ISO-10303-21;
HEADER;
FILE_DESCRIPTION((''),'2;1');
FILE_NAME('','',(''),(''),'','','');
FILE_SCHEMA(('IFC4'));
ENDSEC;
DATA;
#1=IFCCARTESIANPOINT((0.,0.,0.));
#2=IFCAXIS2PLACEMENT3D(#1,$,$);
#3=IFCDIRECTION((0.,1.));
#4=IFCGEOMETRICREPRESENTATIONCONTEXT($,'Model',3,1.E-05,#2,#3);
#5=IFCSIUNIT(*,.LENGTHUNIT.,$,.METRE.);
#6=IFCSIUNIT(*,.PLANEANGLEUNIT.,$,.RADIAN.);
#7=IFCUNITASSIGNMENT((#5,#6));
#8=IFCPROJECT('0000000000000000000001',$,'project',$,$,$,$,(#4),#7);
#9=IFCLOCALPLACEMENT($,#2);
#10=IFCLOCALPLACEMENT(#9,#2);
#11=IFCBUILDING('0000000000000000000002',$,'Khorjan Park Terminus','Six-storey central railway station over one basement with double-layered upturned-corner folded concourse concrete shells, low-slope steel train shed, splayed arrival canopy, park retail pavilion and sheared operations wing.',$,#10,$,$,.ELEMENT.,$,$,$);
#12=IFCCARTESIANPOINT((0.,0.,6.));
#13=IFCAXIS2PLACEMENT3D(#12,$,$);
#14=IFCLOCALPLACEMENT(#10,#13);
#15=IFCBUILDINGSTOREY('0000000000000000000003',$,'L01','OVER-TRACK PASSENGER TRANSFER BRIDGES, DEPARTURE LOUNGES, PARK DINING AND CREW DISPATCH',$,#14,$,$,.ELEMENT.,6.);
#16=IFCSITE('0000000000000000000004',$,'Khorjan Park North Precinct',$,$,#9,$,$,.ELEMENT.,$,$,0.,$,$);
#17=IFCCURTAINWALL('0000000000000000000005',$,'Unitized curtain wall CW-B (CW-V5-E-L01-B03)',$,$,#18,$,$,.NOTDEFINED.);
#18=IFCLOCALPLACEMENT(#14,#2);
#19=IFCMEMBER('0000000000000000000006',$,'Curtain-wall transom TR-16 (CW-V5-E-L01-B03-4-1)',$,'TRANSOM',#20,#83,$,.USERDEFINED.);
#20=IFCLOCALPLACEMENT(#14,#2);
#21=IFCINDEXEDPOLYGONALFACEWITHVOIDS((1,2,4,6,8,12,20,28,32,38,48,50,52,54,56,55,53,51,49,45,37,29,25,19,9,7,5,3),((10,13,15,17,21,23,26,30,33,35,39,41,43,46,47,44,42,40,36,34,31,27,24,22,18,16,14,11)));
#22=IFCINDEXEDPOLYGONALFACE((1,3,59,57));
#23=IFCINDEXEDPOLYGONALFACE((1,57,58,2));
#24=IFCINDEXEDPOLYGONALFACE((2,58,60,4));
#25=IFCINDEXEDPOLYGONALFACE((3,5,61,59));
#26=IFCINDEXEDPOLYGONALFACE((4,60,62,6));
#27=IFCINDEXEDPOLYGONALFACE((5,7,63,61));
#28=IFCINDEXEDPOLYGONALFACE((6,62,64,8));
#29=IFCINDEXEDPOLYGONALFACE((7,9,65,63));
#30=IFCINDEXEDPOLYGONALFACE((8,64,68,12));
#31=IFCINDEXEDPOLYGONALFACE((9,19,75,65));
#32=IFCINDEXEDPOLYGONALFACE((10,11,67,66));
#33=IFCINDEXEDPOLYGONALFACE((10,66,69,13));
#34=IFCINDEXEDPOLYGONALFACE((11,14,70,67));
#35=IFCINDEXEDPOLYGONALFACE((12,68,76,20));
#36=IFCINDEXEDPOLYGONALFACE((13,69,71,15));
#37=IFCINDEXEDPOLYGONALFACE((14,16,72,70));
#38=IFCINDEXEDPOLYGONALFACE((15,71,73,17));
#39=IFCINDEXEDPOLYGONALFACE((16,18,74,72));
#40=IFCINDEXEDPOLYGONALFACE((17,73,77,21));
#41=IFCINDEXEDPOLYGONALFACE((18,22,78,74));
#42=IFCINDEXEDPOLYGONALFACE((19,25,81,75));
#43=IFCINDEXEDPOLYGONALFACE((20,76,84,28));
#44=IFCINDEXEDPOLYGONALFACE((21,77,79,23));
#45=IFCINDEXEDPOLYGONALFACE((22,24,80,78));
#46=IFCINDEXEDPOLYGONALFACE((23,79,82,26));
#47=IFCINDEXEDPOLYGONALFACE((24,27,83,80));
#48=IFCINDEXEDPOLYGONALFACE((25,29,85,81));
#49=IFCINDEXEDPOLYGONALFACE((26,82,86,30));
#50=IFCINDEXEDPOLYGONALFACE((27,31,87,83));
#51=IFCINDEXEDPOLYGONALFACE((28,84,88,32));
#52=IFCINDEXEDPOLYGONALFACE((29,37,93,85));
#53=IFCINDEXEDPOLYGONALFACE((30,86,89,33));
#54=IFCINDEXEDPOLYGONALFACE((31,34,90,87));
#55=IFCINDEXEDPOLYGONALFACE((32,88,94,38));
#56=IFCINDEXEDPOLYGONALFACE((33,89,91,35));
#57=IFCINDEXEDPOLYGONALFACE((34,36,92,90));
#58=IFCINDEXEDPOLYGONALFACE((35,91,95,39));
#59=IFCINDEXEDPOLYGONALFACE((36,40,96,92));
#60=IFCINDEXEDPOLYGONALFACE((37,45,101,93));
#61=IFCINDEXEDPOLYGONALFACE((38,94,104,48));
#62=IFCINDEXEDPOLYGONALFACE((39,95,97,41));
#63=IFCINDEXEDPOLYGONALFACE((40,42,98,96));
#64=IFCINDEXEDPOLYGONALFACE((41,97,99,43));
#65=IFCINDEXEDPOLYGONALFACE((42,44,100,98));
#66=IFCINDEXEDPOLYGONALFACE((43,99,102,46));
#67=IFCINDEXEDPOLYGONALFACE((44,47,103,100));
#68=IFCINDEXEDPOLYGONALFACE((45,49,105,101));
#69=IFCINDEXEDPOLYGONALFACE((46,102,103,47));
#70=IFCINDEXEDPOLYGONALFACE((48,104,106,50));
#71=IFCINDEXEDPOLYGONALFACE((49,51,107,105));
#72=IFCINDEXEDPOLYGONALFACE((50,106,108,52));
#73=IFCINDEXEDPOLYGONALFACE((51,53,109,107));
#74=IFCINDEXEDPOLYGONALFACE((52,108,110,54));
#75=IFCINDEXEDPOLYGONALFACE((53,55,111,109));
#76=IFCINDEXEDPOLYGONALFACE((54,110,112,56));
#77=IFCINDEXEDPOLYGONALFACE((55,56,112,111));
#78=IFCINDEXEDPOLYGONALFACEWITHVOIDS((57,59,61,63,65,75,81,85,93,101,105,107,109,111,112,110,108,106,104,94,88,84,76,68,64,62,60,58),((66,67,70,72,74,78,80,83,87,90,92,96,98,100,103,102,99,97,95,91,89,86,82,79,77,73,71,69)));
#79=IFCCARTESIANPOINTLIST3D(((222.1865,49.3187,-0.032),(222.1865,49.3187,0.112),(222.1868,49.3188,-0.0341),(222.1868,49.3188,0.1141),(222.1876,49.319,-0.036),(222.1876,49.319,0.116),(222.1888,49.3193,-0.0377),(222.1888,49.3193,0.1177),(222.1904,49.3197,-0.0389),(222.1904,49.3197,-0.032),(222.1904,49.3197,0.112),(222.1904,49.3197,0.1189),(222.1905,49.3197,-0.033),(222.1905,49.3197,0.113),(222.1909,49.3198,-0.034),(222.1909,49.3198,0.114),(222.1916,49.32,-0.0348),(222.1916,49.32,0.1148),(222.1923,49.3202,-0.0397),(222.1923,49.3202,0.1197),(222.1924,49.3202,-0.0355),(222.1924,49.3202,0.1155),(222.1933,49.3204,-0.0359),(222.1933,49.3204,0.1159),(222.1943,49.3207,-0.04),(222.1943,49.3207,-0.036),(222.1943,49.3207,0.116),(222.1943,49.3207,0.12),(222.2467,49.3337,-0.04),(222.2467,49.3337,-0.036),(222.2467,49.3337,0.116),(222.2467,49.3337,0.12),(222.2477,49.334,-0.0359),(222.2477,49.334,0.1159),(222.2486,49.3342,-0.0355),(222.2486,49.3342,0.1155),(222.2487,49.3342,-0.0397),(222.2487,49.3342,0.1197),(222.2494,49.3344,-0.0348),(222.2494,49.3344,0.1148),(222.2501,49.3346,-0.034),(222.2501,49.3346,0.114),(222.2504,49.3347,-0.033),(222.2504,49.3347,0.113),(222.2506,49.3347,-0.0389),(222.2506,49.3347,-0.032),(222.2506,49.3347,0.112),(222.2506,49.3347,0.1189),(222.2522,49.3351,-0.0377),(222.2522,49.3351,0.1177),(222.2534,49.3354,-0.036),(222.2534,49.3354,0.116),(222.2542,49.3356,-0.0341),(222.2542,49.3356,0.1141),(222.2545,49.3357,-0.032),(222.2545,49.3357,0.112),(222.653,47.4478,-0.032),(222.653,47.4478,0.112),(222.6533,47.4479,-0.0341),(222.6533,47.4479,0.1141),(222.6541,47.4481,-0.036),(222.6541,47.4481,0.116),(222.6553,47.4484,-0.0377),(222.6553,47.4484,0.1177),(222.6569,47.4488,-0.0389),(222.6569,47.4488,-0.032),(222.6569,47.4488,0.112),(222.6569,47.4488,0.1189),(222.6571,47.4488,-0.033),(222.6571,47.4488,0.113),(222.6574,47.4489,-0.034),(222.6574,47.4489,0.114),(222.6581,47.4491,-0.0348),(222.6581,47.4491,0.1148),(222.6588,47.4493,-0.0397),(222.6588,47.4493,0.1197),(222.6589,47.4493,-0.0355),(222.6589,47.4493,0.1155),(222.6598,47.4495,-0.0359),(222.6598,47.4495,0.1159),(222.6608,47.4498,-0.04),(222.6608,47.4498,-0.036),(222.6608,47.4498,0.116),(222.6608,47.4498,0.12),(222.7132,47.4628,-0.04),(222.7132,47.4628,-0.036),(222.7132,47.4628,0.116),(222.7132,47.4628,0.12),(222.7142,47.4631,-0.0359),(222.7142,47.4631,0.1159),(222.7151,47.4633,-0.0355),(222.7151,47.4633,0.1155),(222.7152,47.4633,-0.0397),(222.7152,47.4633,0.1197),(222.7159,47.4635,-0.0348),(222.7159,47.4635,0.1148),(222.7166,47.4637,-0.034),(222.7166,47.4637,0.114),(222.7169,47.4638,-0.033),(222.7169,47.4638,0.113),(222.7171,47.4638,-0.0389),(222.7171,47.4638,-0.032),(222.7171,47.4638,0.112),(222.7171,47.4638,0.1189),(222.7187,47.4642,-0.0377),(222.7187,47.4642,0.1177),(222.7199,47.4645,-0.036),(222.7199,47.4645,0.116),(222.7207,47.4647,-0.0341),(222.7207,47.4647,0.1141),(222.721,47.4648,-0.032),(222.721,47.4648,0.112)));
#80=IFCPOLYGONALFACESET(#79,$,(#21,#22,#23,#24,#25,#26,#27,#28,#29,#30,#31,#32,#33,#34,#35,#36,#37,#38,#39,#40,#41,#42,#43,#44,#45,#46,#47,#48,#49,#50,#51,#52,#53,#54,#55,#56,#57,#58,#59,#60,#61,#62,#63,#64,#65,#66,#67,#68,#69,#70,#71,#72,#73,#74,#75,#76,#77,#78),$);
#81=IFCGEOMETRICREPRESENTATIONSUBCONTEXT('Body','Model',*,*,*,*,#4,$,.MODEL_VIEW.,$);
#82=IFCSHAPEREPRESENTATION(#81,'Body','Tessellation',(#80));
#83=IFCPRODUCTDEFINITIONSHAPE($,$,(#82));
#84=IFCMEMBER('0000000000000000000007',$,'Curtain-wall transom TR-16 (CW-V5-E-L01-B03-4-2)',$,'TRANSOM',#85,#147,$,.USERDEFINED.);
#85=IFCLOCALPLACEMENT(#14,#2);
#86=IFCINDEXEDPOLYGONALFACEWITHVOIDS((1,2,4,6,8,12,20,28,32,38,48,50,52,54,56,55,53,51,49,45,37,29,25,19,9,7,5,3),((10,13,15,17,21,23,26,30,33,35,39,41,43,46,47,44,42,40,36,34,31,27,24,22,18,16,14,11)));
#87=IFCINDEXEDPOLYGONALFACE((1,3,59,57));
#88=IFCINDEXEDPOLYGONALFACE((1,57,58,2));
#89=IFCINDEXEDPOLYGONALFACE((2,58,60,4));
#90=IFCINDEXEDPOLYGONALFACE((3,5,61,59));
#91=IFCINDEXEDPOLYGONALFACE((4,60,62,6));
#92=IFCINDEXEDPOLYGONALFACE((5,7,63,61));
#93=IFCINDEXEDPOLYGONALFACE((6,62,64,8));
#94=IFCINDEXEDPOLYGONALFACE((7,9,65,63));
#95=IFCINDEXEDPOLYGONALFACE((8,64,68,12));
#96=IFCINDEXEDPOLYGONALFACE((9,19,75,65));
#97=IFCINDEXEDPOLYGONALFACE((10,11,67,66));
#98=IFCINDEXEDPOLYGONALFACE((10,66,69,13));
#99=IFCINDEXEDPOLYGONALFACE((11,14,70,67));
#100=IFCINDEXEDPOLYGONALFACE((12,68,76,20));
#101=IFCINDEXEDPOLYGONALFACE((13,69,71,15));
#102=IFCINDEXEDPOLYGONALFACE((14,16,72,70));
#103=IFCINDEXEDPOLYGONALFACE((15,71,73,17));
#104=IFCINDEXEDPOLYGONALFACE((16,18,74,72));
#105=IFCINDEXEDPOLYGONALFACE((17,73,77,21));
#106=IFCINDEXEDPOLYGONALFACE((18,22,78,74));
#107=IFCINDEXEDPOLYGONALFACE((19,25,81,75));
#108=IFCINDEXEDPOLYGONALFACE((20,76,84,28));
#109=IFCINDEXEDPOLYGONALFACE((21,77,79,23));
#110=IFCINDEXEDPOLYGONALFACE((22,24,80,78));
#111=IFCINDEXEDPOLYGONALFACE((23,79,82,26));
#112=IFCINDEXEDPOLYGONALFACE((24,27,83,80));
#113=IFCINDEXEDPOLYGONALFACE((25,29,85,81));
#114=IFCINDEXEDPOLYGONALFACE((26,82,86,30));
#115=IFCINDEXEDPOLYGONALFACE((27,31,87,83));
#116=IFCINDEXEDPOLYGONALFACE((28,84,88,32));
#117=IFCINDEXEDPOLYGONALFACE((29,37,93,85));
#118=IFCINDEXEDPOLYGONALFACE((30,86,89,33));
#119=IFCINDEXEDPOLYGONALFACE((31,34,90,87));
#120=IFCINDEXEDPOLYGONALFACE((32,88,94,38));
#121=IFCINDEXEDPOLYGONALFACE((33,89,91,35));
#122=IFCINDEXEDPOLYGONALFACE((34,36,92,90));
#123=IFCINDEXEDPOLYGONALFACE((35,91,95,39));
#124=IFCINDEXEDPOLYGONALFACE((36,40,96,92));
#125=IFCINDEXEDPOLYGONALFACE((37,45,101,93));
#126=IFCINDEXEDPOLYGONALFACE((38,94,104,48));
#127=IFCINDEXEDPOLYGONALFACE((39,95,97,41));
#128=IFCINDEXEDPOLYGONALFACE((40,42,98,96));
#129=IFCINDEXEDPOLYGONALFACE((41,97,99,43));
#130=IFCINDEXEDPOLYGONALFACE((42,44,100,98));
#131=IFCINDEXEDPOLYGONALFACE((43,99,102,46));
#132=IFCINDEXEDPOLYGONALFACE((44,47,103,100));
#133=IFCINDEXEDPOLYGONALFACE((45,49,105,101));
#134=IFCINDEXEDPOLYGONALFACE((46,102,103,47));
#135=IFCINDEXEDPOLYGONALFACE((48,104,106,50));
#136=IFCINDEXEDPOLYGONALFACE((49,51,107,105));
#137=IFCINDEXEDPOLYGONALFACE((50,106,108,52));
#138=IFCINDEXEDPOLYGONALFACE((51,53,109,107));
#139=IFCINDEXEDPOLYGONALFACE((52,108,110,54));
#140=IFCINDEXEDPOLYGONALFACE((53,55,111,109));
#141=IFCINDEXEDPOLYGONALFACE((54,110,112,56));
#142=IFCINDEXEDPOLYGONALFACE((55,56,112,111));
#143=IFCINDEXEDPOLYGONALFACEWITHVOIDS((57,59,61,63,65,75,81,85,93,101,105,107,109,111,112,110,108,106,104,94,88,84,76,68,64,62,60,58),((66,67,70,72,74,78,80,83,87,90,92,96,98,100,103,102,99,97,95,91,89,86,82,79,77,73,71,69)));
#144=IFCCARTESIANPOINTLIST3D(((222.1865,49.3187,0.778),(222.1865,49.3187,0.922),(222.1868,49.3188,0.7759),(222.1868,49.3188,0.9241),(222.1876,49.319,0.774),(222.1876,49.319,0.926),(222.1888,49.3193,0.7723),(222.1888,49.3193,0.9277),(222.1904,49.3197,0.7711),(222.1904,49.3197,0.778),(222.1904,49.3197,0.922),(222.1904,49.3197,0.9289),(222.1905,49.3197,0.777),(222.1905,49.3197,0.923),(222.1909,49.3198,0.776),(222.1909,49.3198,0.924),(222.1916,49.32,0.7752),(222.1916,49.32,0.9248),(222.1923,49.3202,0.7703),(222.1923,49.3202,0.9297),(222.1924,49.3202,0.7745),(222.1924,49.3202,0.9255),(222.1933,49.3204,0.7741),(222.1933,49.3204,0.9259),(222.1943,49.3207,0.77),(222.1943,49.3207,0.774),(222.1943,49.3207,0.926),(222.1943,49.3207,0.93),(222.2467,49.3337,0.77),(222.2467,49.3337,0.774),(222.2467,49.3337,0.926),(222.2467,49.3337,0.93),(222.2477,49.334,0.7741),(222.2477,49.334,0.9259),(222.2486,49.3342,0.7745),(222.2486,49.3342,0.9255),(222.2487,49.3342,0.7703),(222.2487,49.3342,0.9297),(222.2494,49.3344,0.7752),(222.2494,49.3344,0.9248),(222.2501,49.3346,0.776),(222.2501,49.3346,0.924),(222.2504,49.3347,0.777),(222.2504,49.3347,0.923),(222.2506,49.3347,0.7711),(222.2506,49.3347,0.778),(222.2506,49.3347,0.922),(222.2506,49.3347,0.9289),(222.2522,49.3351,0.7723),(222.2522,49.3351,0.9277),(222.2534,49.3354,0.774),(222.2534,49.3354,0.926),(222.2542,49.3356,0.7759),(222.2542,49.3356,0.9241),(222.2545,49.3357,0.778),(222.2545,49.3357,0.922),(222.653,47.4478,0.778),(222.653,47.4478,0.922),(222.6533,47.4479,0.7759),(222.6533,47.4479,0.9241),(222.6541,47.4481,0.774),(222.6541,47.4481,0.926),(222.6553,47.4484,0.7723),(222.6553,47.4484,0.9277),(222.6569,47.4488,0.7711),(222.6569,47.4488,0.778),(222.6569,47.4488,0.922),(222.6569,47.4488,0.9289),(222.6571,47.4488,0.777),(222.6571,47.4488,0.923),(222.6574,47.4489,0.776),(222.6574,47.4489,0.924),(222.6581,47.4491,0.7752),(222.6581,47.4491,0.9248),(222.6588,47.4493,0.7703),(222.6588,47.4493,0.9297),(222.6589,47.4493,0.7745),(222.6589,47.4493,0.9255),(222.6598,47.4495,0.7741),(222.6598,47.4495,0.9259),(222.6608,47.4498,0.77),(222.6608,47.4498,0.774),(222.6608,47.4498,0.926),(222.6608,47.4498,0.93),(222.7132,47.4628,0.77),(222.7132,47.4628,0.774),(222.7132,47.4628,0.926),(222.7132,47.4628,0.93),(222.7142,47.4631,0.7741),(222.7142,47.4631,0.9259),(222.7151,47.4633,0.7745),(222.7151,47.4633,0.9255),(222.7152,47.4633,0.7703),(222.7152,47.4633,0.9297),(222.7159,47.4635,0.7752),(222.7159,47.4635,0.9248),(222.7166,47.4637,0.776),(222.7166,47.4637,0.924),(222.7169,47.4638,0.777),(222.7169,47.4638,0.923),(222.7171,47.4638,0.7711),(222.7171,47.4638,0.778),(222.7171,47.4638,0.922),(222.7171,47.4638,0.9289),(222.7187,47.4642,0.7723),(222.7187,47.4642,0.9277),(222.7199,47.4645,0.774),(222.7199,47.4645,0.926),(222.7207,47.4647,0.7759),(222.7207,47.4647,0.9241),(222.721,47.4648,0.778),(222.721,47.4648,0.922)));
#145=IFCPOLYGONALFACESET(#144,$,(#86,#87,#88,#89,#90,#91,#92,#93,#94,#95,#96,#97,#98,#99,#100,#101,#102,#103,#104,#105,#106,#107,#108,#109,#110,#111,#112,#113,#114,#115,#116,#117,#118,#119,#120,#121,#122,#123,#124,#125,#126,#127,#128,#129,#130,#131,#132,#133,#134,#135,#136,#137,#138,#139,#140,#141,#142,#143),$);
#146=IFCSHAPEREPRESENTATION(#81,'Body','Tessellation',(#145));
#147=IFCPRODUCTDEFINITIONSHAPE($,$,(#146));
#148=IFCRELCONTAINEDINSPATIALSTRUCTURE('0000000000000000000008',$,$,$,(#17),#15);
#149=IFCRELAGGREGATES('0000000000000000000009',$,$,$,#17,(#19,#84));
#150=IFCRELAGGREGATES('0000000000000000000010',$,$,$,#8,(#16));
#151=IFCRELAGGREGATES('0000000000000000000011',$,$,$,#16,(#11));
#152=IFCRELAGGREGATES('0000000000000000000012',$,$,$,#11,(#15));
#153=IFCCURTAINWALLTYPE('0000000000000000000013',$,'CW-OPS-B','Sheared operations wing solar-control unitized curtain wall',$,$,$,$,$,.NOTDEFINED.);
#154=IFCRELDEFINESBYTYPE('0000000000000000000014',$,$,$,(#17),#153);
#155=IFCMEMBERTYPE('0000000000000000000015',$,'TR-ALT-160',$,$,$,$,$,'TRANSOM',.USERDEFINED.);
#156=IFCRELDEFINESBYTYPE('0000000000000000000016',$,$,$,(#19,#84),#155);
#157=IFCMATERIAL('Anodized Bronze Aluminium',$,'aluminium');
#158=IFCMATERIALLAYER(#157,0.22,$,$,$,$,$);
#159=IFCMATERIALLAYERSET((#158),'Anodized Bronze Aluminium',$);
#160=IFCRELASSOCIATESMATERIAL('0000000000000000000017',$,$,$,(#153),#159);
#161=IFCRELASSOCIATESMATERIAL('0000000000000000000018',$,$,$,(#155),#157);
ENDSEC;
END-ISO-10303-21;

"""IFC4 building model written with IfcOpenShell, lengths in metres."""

from ifc_helpers import new_model, si_unit, direction, frame, origin, origin_2d, place, context, subcontext, project, spatial, hollow_rectangle, extrude, material, layer, layer_set, material_profile, profile_set, type_object, element, aggregate, save


model = new_model("IFC4")

# Units and contexts
model_context = context("Model", 3, precision=1e-05, world=origin(), true_north=direction((0.0, 1.0)))
body_context = subcontext(model_context, "Body", "Model", "MODEL_VIEW")
ifc_project = project(units=[si_unit("LENGTHUNIT", "METRE"), si_unit("PLANEANGLEUNIT", "RADIAN")], contexts=[model_context])

# Site, building, storey
site_placement = place(None, origin())
site = spatial("IfcSite", under=ifc_project, at=site_placement, Name="Khorjan Park North Precinct", CompositionType="ELEMENT", RefElevation=0.0)
building_placement = place(site_placement, origin())
building = spatial("IfcBuilding", under=site, at=building_placement, Name="Khorjan Park Terminus", Description="Six-storey central railway station over one basement with double-layered upturned-corner folded concourse concrete shells, low-slope steel train shed, splayed arrival canopy, park retail pavilion and sheared operations wing.", CompositionType="ELEMENT")
storey_placement = place(building_placement, frame((0.0, 0.0, 6.0)))
storey = spatial("IfcBuildingStorey", under=building, at=storey_placement, Name="L01", Description="OVER-TRACK PASSENGER TRANSFER BRIDGES, DEPARTURE LOUNGES, PARK DINING AND CREW DISPATCH", CompositionType="ELEMENT", Elevation=6.0)

# Curtain wall
ifc_material_1 = material(Name="Anodized Bronze Aluminium", Category="aluminium")
ifc_layer_1 = layer(ifc_material_1, 0.22)
ifc_layer_set_1 = layer_set([ifc_layer_1], Name="Anodized Bronze Aluminium")
curtain_wall_type = type_object("IfcCurtainWallType", Name="CW-OPS-B", Description="Sheared operations wing solar-control unitized curtain wall", PredefinedType="NOTDEFINED", material=ifc_layer_set_1)
curtain_wall_1_placement = place(storey_placement, origin())
curtain_wall_1 = element("IfcCurtainWall", 1, at=curtain_wall_1_placement, inside=storey, type_object=curtain_wall_type, Name="Unitized curtain wall CW-B (CW-V5-E-L01-B03)", PredefinedType="NOTDEFINED")

# Members
ifc_material_profile_1 = material_profile(ifc_material_1, hollow_rectangle(XDim=0.07, YDim=0.16, WallThickness=0.004, InnerFilletRadius=0.004, OuterFilletRadius=0.008, at=origin_2d()), Name="ALT 70x160x4")
ifc_profile_set_1 = profile_set([ifc_material_profile_1], Name="Anodized Bronze Aluminium")
member_type_1 = type_object("IfcMemberType", Name="TR-ALT-160", ElementType="TRANSOM", PredefinedType="USERDEFINED", material=ifc_profile_set_1)
member_1_placement = place(storey_placement, frame((222.687, 47.4563, 0.04), z_axis=(-0.241938, 0.970292, 0.0), x_axis=(-0.970292, -0.241938, 0.0)))
member_1 = element("IfcMember", 2, at=member_1_placement, type_object=member_type_1, Name="Curtain-wall transom TR-16 (CW-V5-E-L01-B03-4-1)", ObjectType="TRANSOM", PredefinedType="USERDEFINED", context=body_context, shape_type="SweptSolid", body=[
    extrude(hollow_rectangle(XDim=0.07, YDim=0.16, WallThickness=0.004, InnerFilletRadius=0.004, OuterFilletRadius=0.008, at=origin_2d()), origin(), (0.0, 0.0, 1.0), 1.9282),
])
member_2_placement = place(storey_placement, frame((222.687, 47.4563, 0.85), z_axis=(-0.241938, 0.970292, 0.0), x_axis=(-0.970292, -0.241938, 0.0)))
member_2 = element("IfcMember", 3, at=member_2_placement, type_object=member_type_1, Name="Curtain-wall transom TR-16 (CW-V5-E-L01-B03-4-2)", ObjectType="TRANSOM", PredefinedType="USERDEFINED", context=body_context, shape_type="SweptSolid", body=[
    extrude(hollow_rectangle(XDim=0.07, YDim=0.16, WallThickness=0.004, InnerFilletRadius=0.004, OuterFilletRadius=0.008, at=origin_2d()), origin(), (0.0, 0.0, 1.0), 1.9282),
])

aggregate(curtain_wall_1, [member_1, member_2])

save(model, "model.ifc")
